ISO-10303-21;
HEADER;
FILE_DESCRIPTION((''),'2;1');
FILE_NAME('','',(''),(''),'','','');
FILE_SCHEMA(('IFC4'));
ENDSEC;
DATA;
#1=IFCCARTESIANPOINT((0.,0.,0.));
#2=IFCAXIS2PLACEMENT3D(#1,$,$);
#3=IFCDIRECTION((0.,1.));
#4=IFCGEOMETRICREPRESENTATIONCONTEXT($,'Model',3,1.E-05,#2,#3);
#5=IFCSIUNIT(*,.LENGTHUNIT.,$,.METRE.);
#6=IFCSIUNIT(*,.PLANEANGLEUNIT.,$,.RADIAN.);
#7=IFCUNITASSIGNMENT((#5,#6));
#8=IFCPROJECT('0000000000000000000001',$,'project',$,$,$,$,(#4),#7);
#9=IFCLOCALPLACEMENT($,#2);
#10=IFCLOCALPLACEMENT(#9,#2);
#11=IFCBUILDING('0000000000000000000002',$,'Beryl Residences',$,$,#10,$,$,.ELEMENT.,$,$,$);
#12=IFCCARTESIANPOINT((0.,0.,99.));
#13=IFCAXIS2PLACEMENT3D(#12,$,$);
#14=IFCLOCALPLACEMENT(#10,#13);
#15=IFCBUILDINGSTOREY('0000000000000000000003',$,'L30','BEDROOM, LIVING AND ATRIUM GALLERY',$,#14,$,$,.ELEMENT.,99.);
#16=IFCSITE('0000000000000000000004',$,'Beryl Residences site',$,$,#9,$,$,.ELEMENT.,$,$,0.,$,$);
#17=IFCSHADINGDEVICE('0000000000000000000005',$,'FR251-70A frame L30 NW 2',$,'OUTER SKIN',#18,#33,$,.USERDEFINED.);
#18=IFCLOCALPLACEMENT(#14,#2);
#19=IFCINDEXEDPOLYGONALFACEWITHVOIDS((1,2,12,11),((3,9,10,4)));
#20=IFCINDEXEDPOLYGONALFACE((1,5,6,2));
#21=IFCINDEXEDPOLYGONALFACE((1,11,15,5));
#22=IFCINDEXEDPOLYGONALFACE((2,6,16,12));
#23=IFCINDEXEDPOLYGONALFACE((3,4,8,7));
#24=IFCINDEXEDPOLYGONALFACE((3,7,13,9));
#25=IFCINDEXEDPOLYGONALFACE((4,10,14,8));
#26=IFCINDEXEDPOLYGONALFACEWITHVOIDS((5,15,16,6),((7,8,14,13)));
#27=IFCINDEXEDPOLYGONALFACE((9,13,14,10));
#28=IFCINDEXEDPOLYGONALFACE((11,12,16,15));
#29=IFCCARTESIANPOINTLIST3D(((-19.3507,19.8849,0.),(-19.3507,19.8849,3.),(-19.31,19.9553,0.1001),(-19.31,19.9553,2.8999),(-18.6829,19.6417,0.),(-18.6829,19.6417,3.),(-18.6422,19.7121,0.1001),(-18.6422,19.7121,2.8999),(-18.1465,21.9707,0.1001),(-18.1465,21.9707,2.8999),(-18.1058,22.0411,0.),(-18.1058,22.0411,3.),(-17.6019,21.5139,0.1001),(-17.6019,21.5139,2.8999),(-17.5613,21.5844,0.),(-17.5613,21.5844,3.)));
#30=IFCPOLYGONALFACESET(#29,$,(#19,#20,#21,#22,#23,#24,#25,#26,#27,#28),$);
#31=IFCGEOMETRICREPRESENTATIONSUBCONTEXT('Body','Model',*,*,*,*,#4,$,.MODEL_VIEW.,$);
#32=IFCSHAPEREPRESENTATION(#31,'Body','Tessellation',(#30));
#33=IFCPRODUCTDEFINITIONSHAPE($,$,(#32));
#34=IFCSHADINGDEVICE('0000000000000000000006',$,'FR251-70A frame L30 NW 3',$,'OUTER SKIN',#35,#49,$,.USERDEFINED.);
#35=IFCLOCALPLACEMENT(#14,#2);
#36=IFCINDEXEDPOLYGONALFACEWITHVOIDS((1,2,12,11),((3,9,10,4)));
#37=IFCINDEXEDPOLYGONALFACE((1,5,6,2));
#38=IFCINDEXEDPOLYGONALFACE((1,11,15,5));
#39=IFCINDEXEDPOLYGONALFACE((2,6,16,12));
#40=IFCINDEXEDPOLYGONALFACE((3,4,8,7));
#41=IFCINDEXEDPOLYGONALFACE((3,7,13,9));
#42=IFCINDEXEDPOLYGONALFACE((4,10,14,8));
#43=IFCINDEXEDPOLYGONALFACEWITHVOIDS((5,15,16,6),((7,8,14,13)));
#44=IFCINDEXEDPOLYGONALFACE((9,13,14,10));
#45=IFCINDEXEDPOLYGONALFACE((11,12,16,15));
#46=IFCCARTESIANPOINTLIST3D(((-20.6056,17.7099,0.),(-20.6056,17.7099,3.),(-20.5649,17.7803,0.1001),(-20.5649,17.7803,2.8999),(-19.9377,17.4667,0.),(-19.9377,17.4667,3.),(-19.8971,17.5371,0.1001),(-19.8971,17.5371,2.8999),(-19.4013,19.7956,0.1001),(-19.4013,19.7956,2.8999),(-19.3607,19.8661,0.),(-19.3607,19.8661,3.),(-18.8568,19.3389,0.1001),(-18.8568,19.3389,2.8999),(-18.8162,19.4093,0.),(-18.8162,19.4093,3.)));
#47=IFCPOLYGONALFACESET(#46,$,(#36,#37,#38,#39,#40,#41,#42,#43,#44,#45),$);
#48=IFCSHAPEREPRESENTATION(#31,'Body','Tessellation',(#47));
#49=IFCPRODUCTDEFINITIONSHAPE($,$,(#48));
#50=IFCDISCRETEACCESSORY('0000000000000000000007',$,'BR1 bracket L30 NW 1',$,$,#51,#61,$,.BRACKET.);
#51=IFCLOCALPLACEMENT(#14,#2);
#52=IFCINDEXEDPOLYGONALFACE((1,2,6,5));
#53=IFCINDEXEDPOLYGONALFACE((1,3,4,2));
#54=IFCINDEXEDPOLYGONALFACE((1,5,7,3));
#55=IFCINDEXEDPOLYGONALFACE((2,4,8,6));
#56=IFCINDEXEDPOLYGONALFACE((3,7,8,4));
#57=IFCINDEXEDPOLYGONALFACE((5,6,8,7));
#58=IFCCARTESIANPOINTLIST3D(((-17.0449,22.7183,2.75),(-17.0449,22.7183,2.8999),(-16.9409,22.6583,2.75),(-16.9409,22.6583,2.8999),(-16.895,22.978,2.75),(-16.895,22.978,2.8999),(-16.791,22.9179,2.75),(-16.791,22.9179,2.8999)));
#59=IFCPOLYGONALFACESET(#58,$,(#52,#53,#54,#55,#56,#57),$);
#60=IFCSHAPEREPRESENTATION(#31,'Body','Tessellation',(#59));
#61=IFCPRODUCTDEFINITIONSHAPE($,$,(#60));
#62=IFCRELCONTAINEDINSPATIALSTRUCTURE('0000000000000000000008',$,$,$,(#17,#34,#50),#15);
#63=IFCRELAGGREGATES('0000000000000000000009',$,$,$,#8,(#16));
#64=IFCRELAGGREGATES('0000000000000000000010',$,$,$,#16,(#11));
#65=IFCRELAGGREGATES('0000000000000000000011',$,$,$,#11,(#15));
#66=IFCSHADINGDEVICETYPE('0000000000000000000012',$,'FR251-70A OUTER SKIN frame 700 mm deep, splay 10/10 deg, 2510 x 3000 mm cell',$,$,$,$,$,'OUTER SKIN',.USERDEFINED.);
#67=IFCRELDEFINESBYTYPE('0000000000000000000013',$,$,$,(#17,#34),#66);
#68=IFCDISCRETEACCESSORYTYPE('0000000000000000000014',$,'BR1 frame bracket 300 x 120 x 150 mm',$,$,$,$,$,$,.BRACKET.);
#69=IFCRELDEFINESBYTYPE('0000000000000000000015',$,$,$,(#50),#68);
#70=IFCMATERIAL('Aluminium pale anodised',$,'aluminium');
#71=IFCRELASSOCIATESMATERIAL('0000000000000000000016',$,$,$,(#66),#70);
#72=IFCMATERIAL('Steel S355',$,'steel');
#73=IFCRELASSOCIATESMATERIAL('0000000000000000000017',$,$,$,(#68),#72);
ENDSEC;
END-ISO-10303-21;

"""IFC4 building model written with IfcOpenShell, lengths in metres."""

from ifc_helpers import new_model, entity, si_unit, direction, frame, origin, place, context, subcontext, project, spatial, polyline, outline, extrude, source, transform, mapped, material, type_object, type_shapes, element, save


model = new_model("IFC4")

# Units and contexts
model_context = context("Model", 3, precision=1e-05, world=origin(), true_north=direction((0.0, 1.0)))
body_context = subcontext(model_context, "Body", "Model", "MODEL_VIEW")
ifc_project = project(units=[si_unit("LENGTHUNIT", "METRE"), si_unit("PLANEANGLEUNIT", "RADIAN")], contexts=[model_context])

# Site, building, storey
site_placement = place(None, origin())
site = spatial("IfcSite", under=ifc_project, at=site_placement, Name="Beryl Residences site", CompositionType="ELEMENT", RefElevation=0.0)
building_placement = place(site_placement, origin())
building = spatial("IfcBuilding", under=site, at=building_placement, Name="Beryl Residences", CompositionType="ELEMENT")
storey_placement = place(building_placement, frame((0.0, 0.0, 99.0)))
storey = spatial("IfcBuildingStorey", under=building, at=storey_placement, Name="L30", Description="BEDROOM, LIVING AND ATRIUM GALLERY", CompositionType="ELEMENT", Elevation=99.0)

# Shading devices
ifc_material_1 = material(Name="Aluminium pale anodised", Category="aluminium")
shading_device_type_1 = type_object("IfcShadingDeviceType", Name="FR251-70A OUTER SKIN frame 700 mm deep, splay 10/10 deg, 2510 x 3000 mm cell", ElementType="OUTER SKIN", PredefinedType="USERDEFINED", material=ifc_material_1)
cartesian_point_1 = entity("IfcCartesianPoint", [-1.1216, 0.0])
cartesian_point_2 = entity("IfcCartesianPoint", [-1.0403, 0.1001])
cartesian_point_3 = entity("IfcCartesianPoint", [-1.2449, 0.0])
cartesian_point_4 = entity("IfcCartesianPoint", [-1.1636, 0.1001])
shared_shape_1 = source(origin(), body_context, "Body", "SweptSolid", [
    entity("IfcExtrudedAreaSolidTapered", entity("IfcArbitraryProfileDefWithVoids", "AREA", None, entity("IfcPolyline", [cartesian_point_1, entity("IfcCartesianPoint", [1.1216, 0.0]), entity("IfcCartesianPoint", [1.1216, 3.0]), entity("IfcCartesianPoint", [-1.1216, 3.0]), cartesian_point_1]), [entity("IfcPolyline", [cartesian_point_2, entity("IfcCartesianPoint", [1.0403, 0.1001]), entity("IfcCartesianPoint", [1.0403, 2.8999]), entity("IfcCartesianPoint", [-1.0403, 2.8999]), cartesian_point_2])]), entity("IfcAxis2Placement3D", entity("IfcCartesianPoint", [0.0, 0.0, 0.0]), entity("IfcDirection", [0.0, 1.0, 0.0]), entity("IfcDirection", [-1.0, 0.0, 0.0])), entity("IfcDirection", [0.0, 0.0, 1.0]), 0.7, entity("IfcArbitraryProfileDefWithVoids", "AREA", None, entity("IfcPolyline", [cartesian_point_3, entity("IfcCartesianPoint", [1.2449, 0.0]), entity("IfcCartesianPoint", [1.2449, 3.0]), entity("IfcCartesianPoint", [-1.2449, 3.0]), cartesian_point_3]), [entity("IfcPolyline", [cartesian_point_4, entity("IfcCartesianPoint", [1.1636, 0.1001]), entity("IfcCartesianPoint", [1.1636, 2.8999]), entity("IfcCartesianPoint", [-1.1636, 2.8999]), cartesian_point_4])])),
])
type_shapes(shading_device_type_1, [shared_shape_1])
for number, where, z_axis, x_axis, name in (
    (1, (-18.1221, 20.613, 0.0), (0.0, 0.0, 1.0), (0.5, 0.866025, 0.0), "FR251-70A frame L30 NW 2"),
    (2, (-19.377, 18.438, 0.0), (0.0, 0.0, 1.0), (0.5, 0.866025, 0.0), "FR251-70A frame L30 NW 3"),
):
    element("IfcShadingDevice", number, at=place(storey_placement, frame(where, z_axis=z_axis, x_axis=x_axis)), inside=storey, type_object=shading_device_type_1, Name=name, ObjectType="OUTER SKIN", PredefinedType="USERDEFINED", context=body_context, shape_type="MappedRepresentation", body=[
        mapped(shared_shape_1, transform((0.0, 0.0, 0.0))),
    ])

# Discrete accessory
ifc_material_2 = material(Name="Steel S355", Category="steel")
discrete_accessory_type = type_object("IfcDiscreteAccessoryType", Name="BR1 frame bracket 300 x 120 x 150 mm", PredefinedType="BRACKET", material=ifc_material_2)
shared_shape_2 = source(origin(), body_context, "Body", "SweptSolid", [
    extrude(outline(polyline([(-0.1499, 0.0), (0.1499, 0.0), (0.1499, 0.1201), (-0.1499, 0.1201), (-0.1499, 0.0)])), origin(), (0.0, 0.0, 1.0), 0.1499),
])
type_shapes(discrete_accessory_type, [shared_shape_2])
discrete_accessory_placement = place(storey_placement, frame((-16.866, 22.7881, 2.75), z_axis=(0.0, 0.0, 1.0), x_axis=(0.5, 0.866025, 0.0)))
element("IfcDiscreteAccessory", 3, at=discrete_accessory_placement, inside=storey, type_object=discrete_accessory_type, Name="BR1 bracket L30 NW 1", PredefinedType="BRACKET", context=body_context, shape_type="MappedRepresentation", body=[
    mapped(shared_shape_2, transform((0.0, 0.0, 0.0))),
])

save(model, "model.ifc")
